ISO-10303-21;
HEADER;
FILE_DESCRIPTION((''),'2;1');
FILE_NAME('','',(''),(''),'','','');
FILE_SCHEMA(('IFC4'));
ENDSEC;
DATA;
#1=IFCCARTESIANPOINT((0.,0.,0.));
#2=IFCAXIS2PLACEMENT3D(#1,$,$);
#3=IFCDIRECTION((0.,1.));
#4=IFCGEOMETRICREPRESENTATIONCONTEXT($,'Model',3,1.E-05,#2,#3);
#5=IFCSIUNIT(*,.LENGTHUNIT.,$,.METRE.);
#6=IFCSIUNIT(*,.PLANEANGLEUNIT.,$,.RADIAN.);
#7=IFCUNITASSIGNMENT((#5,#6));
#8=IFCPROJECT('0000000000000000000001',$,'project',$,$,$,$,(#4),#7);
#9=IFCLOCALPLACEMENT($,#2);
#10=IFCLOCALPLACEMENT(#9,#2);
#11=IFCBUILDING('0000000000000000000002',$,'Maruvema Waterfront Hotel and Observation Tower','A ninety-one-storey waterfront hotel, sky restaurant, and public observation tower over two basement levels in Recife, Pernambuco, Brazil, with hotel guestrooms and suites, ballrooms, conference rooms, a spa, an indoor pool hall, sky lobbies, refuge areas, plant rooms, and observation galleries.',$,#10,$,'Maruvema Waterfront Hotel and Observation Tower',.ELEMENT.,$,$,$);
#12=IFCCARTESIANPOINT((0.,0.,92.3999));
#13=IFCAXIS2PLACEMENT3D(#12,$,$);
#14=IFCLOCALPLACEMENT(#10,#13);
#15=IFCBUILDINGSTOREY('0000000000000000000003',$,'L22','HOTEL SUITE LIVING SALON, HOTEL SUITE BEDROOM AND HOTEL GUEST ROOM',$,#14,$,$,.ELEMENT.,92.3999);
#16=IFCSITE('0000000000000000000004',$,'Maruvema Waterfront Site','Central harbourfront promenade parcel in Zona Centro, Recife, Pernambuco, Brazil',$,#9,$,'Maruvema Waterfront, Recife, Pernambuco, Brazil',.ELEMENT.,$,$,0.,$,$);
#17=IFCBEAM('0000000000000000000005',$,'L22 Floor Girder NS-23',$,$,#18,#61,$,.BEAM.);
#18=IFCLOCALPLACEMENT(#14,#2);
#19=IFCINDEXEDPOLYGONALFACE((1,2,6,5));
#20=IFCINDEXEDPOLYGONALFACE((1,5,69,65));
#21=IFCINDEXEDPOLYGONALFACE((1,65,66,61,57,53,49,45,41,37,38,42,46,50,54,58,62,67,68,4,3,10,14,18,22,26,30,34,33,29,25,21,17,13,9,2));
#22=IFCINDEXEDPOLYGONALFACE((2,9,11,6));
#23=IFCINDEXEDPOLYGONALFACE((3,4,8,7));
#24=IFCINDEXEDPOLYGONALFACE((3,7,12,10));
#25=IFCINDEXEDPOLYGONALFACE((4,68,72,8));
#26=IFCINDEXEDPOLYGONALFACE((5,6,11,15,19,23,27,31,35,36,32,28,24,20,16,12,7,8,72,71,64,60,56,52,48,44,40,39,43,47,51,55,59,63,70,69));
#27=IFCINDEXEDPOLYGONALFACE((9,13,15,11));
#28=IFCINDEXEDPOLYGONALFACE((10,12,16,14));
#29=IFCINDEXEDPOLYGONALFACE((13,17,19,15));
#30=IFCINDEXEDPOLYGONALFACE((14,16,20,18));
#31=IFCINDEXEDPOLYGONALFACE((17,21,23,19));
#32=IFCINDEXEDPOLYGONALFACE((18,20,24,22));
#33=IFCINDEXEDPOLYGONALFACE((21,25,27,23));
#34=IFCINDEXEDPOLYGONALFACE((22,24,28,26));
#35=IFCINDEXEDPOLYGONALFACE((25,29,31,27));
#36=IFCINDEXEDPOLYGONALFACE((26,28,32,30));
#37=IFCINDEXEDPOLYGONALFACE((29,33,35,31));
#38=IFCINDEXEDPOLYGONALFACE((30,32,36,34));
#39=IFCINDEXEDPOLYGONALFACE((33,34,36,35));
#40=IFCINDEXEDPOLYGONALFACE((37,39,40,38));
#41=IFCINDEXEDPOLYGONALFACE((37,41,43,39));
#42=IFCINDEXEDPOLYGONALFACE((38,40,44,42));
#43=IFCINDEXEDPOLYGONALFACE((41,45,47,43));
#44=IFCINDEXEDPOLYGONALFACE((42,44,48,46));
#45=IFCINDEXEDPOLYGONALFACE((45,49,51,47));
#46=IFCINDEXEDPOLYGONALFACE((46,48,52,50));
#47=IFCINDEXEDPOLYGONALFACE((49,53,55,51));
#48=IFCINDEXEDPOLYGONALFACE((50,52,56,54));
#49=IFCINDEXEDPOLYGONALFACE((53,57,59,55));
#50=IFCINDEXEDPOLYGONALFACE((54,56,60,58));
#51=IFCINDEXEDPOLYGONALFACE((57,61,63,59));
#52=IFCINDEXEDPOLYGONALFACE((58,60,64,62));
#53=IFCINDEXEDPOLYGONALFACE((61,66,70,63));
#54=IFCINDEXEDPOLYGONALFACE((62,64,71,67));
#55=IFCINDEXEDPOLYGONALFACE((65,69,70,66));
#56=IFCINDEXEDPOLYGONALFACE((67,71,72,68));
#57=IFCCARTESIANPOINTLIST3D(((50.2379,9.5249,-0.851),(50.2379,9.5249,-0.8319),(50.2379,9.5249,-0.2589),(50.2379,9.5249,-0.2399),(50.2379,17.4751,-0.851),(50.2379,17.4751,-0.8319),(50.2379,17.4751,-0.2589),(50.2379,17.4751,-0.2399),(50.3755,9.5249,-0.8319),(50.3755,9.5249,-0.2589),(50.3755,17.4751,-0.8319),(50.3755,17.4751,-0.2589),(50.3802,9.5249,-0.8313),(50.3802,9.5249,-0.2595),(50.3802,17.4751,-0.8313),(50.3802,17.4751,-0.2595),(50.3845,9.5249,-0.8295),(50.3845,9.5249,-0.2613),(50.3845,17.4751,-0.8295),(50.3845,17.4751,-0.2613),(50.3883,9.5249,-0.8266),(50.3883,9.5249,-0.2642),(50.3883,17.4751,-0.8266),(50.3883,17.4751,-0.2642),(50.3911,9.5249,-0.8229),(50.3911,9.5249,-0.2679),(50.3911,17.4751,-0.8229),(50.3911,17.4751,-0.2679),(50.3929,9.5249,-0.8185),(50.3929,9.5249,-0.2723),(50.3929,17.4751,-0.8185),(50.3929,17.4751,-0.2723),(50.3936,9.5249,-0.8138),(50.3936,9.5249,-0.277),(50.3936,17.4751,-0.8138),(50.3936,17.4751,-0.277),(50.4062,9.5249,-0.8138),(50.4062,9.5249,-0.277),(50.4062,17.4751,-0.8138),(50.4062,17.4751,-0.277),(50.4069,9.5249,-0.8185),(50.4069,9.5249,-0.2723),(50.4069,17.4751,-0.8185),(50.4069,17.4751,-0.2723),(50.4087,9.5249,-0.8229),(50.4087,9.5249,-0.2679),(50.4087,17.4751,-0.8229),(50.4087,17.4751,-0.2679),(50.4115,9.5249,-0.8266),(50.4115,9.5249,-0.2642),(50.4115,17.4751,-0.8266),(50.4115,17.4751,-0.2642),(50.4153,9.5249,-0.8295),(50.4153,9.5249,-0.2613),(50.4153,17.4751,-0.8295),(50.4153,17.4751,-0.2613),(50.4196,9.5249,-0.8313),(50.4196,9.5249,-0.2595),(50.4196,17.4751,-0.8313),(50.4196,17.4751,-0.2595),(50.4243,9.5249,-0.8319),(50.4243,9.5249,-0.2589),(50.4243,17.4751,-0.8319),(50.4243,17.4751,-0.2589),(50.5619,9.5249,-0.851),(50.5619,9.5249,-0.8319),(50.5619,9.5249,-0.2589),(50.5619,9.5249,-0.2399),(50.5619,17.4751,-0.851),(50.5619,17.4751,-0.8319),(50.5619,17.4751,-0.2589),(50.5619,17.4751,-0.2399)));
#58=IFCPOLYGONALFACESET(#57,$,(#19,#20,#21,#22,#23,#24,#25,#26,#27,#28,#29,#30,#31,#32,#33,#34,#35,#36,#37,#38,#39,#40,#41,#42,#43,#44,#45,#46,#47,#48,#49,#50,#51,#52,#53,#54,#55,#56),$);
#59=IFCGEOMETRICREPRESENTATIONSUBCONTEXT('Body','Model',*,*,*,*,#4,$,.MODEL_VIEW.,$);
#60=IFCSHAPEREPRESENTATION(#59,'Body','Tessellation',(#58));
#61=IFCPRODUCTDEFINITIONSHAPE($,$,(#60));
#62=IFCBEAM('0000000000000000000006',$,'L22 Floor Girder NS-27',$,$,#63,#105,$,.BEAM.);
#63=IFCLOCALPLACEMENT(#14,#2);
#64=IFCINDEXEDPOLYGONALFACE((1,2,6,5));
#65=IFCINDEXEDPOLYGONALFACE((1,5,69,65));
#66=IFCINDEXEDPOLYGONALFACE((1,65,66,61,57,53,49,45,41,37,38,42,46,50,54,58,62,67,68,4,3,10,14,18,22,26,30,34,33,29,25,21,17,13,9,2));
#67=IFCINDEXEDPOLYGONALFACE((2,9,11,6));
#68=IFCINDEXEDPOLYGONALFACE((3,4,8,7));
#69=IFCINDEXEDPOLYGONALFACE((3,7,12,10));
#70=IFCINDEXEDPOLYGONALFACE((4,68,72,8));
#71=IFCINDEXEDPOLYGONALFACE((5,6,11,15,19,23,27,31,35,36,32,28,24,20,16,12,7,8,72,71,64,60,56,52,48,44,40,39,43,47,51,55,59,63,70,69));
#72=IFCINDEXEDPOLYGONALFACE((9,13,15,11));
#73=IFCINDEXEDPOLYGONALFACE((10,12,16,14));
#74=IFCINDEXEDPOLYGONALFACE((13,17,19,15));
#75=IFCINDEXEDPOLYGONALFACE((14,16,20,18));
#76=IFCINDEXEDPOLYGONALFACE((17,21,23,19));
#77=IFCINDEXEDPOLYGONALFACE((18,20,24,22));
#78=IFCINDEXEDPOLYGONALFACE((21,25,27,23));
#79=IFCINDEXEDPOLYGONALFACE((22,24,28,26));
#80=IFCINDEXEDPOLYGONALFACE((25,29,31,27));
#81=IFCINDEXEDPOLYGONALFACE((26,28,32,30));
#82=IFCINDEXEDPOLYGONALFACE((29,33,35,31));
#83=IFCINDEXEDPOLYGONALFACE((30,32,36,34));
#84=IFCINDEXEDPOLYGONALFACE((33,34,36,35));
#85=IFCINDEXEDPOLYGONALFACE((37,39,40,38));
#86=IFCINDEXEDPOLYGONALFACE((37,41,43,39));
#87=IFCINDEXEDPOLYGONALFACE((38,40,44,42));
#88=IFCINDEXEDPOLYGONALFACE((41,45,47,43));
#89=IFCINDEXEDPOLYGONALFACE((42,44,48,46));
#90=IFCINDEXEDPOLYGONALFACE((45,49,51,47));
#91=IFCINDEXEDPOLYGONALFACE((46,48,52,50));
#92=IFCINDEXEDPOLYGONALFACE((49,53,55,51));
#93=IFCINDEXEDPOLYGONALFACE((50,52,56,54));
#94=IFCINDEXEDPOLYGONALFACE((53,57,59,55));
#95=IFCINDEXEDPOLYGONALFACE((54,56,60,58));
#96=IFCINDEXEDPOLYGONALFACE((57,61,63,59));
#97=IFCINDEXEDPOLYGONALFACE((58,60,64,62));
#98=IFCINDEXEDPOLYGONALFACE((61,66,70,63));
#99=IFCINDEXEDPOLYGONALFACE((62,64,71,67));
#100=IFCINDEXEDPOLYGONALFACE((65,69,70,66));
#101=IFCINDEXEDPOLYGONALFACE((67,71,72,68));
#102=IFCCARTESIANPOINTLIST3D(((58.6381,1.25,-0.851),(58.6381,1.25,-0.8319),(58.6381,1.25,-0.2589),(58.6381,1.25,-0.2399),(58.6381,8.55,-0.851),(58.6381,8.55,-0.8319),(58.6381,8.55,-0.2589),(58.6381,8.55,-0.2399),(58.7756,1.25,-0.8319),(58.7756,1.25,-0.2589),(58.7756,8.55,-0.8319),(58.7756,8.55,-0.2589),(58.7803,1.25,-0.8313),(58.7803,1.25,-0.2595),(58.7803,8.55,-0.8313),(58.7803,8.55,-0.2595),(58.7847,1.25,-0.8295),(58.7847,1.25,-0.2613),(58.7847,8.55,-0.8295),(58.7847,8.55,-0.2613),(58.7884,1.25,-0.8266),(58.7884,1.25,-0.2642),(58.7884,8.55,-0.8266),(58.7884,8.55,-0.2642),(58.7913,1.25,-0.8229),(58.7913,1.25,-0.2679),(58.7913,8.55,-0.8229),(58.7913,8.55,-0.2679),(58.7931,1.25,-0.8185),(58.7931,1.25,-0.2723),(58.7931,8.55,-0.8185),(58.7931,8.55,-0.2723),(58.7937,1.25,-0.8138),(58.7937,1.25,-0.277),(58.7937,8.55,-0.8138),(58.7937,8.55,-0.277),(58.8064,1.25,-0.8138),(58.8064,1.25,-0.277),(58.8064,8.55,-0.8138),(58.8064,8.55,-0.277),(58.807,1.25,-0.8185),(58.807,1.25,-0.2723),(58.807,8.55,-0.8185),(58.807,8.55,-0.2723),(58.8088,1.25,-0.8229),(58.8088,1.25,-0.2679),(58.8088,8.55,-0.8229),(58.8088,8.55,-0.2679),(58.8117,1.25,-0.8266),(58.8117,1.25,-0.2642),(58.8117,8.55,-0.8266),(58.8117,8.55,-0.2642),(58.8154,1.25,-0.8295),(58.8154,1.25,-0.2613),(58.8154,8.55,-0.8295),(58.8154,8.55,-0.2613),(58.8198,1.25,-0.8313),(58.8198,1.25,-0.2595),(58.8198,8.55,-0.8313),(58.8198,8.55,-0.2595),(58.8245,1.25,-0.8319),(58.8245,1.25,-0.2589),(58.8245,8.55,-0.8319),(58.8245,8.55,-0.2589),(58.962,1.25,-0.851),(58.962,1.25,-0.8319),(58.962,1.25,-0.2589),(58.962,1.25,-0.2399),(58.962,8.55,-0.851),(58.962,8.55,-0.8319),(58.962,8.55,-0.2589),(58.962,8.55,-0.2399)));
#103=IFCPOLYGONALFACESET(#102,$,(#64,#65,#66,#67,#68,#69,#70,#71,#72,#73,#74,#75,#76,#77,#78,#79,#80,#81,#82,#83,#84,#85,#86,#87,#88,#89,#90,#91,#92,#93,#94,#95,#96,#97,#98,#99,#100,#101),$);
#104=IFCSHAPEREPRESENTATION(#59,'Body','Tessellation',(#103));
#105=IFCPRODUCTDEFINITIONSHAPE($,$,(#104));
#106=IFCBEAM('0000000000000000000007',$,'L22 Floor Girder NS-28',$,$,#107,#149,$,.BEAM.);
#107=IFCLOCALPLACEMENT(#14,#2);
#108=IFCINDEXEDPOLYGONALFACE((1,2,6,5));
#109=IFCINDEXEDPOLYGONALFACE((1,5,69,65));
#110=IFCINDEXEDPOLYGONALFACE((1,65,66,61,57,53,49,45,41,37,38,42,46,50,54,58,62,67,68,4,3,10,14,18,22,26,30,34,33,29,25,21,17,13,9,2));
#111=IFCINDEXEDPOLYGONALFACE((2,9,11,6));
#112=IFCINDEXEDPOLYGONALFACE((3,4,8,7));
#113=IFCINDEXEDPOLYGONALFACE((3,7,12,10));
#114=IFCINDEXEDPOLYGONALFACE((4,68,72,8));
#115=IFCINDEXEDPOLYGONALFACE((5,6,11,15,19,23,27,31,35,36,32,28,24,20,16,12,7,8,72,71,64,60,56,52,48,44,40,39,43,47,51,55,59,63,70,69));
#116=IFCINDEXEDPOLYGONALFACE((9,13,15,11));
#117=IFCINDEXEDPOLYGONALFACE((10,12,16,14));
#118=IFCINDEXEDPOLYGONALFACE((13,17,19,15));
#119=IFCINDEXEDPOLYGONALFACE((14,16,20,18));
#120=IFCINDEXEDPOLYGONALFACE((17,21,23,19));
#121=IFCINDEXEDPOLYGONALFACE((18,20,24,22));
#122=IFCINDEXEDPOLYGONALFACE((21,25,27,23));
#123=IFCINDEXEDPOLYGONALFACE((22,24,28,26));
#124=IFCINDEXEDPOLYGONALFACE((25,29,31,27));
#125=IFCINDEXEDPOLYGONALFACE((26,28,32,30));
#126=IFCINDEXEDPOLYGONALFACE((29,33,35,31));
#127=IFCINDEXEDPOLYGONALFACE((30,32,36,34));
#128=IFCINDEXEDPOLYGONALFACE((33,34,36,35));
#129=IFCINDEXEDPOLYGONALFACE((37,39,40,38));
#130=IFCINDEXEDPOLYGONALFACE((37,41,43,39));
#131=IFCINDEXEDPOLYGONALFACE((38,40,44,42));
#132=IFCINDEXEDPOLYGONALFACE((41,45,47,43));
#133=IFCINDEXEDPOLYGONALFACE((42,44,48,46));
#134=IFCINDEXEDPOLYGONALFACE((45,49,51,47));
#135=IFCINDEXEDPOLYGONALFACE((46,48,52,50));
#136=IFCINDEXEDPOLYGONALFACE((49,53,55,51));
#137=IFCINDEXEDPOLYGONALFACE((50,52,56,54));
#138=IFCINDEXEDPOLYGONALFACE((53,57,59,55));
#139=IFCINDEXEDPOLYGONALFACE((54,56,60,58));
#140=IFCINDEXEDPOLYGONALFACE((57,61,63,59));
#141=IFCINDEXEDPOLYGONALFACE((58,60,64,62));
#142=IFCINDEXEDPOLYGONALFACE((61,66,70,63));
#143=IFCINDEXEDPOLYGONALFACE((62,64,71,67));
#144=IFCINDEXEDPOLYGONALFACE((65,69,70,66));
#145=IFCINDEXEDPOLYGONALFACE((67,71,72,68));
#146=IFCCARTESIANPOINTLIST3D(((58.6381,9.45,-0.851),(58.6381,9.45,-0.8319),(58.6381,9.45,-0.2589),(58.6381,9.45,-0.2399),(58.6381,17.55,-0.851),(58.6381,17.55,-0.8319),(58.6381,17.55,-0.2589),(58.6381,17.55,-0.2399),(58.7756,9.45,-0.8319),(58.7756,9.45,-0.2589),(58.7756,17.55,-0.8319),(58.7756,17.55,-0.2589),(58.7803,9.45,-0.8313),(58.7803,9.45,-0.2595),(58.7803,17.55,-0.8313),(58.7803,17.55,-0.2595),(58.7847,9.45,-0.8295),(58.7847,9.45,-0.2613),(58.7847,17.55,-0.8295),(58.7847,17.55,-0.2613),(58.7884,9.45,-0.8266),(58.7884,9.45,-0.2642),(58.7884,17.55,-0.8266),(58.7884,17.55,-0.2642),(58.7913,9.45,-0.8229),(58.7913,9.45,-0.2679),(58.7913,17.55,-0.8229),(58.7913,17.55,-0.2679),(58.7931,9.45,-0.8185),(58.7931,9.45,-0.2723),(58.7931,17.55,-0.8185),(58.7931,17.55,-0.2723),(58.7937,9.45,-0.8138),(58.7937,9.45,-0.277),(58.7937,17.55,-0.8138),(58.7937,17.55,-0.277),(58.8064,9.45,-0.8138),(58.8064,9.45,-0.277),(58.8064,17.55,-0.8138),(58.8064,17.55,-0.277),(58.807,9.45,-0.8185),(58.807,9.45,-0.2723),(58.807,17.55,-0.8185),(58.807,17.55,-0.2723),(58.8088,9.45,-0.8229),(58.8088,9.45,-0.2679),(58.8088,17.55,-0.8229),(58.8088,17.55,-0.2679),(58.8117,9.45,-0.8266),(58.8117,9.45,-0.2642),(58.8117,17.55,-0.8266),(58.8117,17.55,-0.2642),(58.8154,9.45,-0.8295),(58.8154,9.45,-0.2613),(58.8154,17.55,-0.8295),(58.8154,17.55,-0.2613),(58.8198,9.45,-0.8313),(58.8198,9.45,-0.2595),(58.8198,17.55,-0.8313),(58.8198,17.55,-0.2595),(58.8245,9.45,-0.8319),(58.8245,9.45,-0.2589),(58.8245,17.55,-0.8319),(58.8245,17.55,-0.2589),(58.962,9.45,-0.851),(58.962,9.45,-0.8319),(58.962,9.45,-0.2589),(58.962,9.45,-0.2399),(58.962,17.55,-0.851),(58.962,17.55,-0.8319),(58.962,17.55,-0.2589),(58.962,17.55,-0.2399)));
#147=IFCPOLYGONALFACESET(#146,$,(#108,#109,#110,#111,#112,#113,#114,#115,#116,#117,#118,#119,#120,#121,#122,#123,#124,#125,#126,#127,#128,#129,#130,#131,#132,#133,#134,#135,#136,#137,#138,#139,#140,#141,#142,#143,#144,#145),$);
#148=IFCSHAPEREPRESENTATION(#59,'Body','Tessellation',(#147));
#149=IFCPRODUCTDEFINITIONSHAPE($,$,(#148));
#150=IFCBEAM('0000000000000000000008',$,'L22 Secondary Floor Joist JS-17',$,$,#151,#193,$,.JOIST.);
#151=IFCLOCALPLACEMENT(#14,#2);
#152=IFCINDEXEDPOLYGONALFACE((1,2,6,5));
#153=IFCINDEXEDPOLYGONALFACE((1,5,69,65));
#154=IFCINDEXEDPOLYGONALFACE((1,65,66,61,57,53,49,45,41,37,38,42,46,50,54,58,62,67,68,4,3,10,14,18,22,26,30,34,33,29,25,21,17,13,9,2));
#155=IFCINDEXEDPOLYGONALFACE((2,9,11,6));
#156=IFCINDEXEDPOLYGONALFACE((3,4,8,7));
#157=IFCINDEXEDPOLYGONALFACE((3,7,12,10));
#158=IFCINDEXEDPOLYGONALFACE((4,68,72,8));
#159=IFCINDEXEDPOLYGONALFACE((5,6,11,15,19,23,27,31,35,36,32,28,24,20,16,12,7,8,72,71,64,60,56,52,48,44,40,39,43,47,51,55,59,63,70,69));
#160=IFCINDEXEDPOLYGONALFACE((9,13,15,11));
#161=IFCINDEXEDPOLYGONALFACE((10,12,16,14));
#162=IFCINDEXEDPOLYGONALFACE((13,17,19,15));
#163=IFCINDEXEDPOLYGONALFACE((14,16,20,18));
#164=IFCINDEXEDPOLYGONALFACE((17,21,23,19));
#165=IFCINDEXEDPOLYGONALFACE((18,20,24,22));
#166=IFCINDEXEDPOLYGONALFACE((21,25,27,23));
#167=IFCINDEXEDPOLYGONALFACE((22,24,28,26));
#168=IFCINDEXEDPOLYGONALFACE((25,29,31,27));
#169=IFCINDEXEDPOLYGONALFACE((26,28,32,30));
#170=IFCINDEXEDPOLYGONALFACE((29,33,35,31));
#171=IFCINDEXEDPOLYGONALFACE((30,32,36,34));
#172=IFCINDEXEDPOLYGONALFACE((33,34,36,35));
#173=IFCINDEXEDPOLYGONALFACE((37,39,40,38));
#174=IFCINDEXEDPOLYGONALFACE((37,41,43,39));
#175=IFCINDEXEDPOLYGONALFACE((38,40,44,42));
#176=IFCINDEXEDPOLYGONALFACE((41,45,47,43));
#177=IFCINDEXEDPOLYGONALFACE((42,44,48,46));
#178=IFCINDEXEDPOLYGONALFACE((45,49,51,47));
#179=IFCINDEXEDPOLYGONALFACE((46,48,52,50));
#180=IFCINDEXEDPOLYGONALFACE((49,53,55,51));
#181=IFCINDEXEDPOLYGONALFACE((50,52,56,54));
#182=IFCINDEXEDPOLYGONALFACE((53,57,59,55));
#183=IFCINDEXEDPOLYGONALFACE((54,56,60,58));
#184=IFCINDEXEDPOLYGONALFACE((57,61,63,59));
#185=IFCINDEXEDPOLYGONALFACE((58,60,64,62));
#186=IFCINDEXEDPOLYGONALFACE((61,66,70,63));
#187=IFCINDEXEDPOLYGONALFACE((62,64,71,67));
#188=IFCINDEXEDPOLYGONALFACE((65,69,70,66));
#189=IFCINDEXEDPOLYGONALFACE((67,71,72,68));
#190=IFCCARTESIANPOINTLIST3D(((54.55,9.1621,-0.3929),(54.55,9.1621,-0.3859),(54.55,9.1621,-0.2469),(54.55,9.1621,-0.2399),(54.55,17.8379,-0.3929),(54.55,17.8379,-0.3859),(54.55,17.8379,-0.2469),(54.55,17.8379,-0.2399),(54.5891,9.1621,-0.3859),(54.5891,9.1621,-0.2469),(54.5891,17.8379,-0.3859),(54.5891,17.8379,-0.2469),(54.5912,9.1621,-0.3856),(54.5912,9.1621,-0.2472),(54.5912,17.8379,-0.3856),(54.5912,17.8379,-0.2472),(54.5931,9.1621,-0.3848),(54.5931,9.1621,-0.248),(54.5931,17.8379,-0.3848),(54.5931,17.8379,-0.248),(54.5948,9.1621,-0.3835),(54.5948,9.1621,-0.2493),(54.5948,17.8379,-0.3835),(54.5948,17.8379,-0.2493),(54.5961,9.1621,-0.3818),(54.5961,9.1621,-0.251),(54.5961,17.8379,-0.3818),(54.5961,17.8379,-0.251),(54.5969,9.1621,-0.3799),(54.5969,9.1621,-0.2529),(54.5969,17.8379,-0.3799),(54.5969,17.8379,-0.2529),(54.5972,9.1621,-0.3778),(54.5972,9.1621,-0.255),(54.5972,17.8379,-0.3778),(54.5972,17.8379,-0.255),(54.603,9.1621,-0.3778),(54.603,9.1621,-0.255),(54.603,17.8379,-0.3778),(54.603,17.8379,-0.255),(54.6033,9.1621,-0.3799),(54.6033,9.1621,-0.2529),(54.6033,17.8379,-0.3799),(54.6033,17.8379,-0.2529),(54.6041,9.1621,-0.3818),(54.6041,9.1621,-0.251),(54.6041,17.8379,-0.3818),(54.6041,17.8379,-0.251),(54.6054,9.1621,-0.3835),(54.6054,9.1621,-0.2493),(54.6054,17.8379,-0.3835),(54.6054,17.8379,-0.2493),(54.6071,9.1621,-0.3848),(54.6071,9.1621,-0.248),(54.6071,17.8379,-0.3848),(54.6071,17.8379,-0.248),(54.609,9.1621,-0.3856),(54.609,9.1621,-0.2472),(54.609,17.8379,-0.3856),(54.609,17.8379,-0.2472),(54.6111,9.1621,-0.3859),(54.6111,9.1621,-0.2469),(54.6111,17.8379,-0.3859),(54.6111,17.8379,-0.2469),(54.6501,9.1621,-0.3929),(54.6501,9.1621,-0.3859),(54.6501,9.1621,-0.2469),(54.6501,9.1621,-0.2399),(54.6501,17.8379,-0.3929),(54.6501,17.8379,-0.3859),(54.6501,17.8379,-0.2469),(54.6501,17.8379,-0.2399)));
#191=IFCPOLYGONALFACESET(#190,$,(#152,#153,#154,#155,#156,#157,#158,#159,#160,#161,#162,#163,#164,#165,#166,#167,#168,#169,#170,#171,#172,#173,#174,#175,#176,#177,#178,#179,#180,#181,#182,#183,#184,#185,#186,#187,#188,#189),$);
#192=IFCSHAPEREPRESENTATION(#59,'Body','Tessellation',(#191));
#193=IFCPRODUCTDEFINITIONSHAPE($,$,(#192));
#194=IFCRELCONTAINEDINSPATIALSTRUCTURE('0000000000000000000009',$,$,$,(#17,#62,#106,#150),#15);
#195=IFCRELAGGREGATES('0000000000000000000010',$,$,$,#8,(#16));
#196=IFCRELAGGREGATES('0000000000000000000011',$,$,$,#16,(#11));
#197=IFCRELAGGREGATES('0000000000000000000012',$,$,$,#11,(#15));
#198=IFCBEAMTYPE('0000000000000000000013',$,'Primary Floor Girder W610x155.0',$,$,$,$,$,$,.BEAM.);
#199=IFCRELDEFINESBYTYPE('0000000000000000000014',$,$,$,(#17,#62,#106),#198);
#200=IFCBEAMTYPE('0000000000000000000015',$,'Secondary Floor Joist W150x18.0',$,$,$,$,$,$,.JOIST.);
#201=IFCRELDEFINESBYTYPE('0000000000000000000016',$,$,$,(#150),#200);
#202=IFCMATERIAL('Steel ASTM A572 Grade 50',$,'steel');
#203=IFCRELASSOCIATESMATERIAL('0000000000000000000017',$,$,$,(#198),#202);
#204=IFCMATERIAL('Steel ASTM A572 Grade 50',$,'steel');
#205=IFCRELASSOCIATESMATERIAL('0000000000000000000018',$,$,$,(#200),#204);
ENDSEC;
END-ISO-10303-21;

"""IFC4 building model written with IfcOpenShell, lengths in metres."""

from ifc_helpers import new_model, si_unit, direction, frame, origin, origin_2d, place, context, subcontext, project, spatial, i_section, extrude, material, material_profile, profile_set, type_object, element, save


model = new_model("IFC4")

# Units and contexts
model_context = context("Model", 3, precision=1e-05, world=origin(), true_north=direction((0.0, 1.0)))
body_context = subcontext(model_context, "Body", "Model", "MODEL_VIEW")
ifc_project = project(units=[si_unit("LENGTHUNIT", "METRE"), si_unit("PLANEANGLEUNIT", "RADIAN")], contexts=[model_context])

# Site, building, storey
site_placement = place(None, origin())
site = spatial("IfcSite", under=ifc_project, at=site_placement, Name="Maruvema Waterfront Site", Description="Central harbourfront promenade parcel in Zona Centro, Recife, Pernambuco, Brazil", LongName="Maruvema Waterfront, Recife, Pernambuco, Brazil", CompositionType="ELEMENT", RefElevation=0.0)
building_placement = place(site_placement, origin())
building = spatial("IfcBuilding", under=site, at=building_placement, Name="Maruvema Waterfront Hotel and Observation Tower", Description="A ninety-one-storey waterfront hotel, sky restaurant, and public observation tower over two basement levels in Recife, Pernambuco, Brazil, with hotel guestrooms and suites, ballrooms, conference rooms, a spa, an indoor pool hall, sky lobbies, refuge areas, plant rooms, and observation galleries.", LongName="Maruvema Waterfront Hotel and Observation Tower", CompositionType="ELEMENT")
storey_placement = place(building_placement, frame((0.0, 0.0, 92.3999)))
storey = spatial("IfcBuildingStorey", under=building, at=storey_placement, Name="L22", Description="HOTEL SUITE LIVING SALON, HOTEL SUITE BEDROOM AND HOTEL GUEST ROOM", CompositionType="ELEMENT", Elevation=92.3999)

# Beams
ifc_material_1 = material(Name="Steel ASTM A572 Grade 50", Category="steel")
ifc_material_profile_1 = material_profile(ifc_material_1, i_section(OverallWidth=0.324, OverallDepth=0.6111, WebThickness=0.0127, FlangeThickness=0.019, FilletRadius=0.0181, at=origin_2d()), Name="W610x155.0")
ifc_profile_set_1 = profile_set([ifc_material_profile_1], Name="Steel ASTM A572 Grade 50")
beam_type_1 = type_object("IfcBeamType", Name="Primary Floor Girder W610x155.0", PredefinedType="BEAM", material=ifc_profile_set_1)
beam_1_placement = place(storey_placement, frame((50.3999, 9.5249, -0.5454), z_axis=(0.0, 1.0, 0.0), x_axis=(-1.0, 0.0, 0.0)))
element("IfcBeam", 1, at=beam_1_placement, inside=storey, type_object=beam_type_1, Name="L22 Floor Girder NS-23", PredefinedType="BEAM", context=body_context, shape_type="SweptSolid", body=[
    extrude(i_section(OverallWidth=0.324, OverallDepth=0.6111, WebThickness=0.0127, FlangeThickness=0.019, FilletRadius=0.0181, at=origin_2d()), origin(), (0.0, 0.0, 1.0), 7.9502),
])
beam_2_placement = place(storey_placement, frame((58.8, 1.25, -0.5454), z_axis=(0.0, 1.0, 0.0), x_axis=(-1.0, 0.0, 0.0)))
element("IfcBeam", 2, at=beam_2_placement, inside=storey, type_object=beam_type_1, Name="L22 Floor Girder NS-27", PredefinedType="BEAM", context=body_context, shape_type="SweptSolid", body=[
    extrude(i_section(OverallWidth=0.324, OverallDepth=0.6111, WebThickness=0.0127, FlangeThickness=0.019, FilletRadius=0.0181, at=origin_2d()), origin(), (0.0, 0.0, 1.0), 7.3),
])
beam_3_placement = place(storey_placement, frame((58.8, 9.45, -0.5454), z_axis=(0.0, 1.0, 0.0), x_axis=(-1.0, 0.0, 0.0)))
element("IfcBeam", 3, at=beam_3_placement, inside=storey, type_object=beam_type_1, Name="L22 Floor Girder NS-28", PredefinedType="BEAM", context=body_context, shape_type="SweptSolid", body=[
    extrude(i_section(OverallWidth=0.324, OverallDepth=0.6111, WebThickness=0.0127, FlangeThickness=0.019, FilletRadius=0.0181, at=origin_2d()), origin(), (0.0, 0.0, 1.0), 8.1001),
])
ifc_material_2 = material(Name="Steel ASTM A572 Grade 50", Category="steel")
ifc_material_profile_2 = material_profile(ifc_material_2, i_section(OverallWidth=0.1001, OverallDepth=0.1531, WebThickness=0.0059, FlangeThickness=0.0071, FilletRadius=0.0081, at=origin_2d()), Name="W150x18.0")
ifc_profile_set_2 = profile_set([ifc_material_profile_2], Name="Steel ASTM A572 Grade 50")
beam_type_2 = type_object("IfcBeamType", Name="Secondary Floor Joist W150x18.0", PredefinedType="JOIST", material=ifc_profile_set_2)
beam_4_placement = place(storey_placement, frame((54.6001, 9.1621, -0.3164), z_axis=(0.0, 1.0, 0.0), x_axis=(-1.0, 0.0, 0.0)))
element("IfcBeam", 4, at=beam_4_placement, inside=storey, type_object=beam_type_2, Name="L22 Secondary Floor Joist JS-17", PredefinedType="JOIST", context=body_context, shape_type="SweptSolid", body=[
    extrude(i_section(OverallWidth=0.1001, OverallDepth=0.1531, WebThickness=0.0059, FlangeThickness=0.0071, FilletRadius=0.0081, at=origin_2d()), origin(), (0.0, 0.0, 1.0), 8.6758),
])

save(model, "model.ifc")
